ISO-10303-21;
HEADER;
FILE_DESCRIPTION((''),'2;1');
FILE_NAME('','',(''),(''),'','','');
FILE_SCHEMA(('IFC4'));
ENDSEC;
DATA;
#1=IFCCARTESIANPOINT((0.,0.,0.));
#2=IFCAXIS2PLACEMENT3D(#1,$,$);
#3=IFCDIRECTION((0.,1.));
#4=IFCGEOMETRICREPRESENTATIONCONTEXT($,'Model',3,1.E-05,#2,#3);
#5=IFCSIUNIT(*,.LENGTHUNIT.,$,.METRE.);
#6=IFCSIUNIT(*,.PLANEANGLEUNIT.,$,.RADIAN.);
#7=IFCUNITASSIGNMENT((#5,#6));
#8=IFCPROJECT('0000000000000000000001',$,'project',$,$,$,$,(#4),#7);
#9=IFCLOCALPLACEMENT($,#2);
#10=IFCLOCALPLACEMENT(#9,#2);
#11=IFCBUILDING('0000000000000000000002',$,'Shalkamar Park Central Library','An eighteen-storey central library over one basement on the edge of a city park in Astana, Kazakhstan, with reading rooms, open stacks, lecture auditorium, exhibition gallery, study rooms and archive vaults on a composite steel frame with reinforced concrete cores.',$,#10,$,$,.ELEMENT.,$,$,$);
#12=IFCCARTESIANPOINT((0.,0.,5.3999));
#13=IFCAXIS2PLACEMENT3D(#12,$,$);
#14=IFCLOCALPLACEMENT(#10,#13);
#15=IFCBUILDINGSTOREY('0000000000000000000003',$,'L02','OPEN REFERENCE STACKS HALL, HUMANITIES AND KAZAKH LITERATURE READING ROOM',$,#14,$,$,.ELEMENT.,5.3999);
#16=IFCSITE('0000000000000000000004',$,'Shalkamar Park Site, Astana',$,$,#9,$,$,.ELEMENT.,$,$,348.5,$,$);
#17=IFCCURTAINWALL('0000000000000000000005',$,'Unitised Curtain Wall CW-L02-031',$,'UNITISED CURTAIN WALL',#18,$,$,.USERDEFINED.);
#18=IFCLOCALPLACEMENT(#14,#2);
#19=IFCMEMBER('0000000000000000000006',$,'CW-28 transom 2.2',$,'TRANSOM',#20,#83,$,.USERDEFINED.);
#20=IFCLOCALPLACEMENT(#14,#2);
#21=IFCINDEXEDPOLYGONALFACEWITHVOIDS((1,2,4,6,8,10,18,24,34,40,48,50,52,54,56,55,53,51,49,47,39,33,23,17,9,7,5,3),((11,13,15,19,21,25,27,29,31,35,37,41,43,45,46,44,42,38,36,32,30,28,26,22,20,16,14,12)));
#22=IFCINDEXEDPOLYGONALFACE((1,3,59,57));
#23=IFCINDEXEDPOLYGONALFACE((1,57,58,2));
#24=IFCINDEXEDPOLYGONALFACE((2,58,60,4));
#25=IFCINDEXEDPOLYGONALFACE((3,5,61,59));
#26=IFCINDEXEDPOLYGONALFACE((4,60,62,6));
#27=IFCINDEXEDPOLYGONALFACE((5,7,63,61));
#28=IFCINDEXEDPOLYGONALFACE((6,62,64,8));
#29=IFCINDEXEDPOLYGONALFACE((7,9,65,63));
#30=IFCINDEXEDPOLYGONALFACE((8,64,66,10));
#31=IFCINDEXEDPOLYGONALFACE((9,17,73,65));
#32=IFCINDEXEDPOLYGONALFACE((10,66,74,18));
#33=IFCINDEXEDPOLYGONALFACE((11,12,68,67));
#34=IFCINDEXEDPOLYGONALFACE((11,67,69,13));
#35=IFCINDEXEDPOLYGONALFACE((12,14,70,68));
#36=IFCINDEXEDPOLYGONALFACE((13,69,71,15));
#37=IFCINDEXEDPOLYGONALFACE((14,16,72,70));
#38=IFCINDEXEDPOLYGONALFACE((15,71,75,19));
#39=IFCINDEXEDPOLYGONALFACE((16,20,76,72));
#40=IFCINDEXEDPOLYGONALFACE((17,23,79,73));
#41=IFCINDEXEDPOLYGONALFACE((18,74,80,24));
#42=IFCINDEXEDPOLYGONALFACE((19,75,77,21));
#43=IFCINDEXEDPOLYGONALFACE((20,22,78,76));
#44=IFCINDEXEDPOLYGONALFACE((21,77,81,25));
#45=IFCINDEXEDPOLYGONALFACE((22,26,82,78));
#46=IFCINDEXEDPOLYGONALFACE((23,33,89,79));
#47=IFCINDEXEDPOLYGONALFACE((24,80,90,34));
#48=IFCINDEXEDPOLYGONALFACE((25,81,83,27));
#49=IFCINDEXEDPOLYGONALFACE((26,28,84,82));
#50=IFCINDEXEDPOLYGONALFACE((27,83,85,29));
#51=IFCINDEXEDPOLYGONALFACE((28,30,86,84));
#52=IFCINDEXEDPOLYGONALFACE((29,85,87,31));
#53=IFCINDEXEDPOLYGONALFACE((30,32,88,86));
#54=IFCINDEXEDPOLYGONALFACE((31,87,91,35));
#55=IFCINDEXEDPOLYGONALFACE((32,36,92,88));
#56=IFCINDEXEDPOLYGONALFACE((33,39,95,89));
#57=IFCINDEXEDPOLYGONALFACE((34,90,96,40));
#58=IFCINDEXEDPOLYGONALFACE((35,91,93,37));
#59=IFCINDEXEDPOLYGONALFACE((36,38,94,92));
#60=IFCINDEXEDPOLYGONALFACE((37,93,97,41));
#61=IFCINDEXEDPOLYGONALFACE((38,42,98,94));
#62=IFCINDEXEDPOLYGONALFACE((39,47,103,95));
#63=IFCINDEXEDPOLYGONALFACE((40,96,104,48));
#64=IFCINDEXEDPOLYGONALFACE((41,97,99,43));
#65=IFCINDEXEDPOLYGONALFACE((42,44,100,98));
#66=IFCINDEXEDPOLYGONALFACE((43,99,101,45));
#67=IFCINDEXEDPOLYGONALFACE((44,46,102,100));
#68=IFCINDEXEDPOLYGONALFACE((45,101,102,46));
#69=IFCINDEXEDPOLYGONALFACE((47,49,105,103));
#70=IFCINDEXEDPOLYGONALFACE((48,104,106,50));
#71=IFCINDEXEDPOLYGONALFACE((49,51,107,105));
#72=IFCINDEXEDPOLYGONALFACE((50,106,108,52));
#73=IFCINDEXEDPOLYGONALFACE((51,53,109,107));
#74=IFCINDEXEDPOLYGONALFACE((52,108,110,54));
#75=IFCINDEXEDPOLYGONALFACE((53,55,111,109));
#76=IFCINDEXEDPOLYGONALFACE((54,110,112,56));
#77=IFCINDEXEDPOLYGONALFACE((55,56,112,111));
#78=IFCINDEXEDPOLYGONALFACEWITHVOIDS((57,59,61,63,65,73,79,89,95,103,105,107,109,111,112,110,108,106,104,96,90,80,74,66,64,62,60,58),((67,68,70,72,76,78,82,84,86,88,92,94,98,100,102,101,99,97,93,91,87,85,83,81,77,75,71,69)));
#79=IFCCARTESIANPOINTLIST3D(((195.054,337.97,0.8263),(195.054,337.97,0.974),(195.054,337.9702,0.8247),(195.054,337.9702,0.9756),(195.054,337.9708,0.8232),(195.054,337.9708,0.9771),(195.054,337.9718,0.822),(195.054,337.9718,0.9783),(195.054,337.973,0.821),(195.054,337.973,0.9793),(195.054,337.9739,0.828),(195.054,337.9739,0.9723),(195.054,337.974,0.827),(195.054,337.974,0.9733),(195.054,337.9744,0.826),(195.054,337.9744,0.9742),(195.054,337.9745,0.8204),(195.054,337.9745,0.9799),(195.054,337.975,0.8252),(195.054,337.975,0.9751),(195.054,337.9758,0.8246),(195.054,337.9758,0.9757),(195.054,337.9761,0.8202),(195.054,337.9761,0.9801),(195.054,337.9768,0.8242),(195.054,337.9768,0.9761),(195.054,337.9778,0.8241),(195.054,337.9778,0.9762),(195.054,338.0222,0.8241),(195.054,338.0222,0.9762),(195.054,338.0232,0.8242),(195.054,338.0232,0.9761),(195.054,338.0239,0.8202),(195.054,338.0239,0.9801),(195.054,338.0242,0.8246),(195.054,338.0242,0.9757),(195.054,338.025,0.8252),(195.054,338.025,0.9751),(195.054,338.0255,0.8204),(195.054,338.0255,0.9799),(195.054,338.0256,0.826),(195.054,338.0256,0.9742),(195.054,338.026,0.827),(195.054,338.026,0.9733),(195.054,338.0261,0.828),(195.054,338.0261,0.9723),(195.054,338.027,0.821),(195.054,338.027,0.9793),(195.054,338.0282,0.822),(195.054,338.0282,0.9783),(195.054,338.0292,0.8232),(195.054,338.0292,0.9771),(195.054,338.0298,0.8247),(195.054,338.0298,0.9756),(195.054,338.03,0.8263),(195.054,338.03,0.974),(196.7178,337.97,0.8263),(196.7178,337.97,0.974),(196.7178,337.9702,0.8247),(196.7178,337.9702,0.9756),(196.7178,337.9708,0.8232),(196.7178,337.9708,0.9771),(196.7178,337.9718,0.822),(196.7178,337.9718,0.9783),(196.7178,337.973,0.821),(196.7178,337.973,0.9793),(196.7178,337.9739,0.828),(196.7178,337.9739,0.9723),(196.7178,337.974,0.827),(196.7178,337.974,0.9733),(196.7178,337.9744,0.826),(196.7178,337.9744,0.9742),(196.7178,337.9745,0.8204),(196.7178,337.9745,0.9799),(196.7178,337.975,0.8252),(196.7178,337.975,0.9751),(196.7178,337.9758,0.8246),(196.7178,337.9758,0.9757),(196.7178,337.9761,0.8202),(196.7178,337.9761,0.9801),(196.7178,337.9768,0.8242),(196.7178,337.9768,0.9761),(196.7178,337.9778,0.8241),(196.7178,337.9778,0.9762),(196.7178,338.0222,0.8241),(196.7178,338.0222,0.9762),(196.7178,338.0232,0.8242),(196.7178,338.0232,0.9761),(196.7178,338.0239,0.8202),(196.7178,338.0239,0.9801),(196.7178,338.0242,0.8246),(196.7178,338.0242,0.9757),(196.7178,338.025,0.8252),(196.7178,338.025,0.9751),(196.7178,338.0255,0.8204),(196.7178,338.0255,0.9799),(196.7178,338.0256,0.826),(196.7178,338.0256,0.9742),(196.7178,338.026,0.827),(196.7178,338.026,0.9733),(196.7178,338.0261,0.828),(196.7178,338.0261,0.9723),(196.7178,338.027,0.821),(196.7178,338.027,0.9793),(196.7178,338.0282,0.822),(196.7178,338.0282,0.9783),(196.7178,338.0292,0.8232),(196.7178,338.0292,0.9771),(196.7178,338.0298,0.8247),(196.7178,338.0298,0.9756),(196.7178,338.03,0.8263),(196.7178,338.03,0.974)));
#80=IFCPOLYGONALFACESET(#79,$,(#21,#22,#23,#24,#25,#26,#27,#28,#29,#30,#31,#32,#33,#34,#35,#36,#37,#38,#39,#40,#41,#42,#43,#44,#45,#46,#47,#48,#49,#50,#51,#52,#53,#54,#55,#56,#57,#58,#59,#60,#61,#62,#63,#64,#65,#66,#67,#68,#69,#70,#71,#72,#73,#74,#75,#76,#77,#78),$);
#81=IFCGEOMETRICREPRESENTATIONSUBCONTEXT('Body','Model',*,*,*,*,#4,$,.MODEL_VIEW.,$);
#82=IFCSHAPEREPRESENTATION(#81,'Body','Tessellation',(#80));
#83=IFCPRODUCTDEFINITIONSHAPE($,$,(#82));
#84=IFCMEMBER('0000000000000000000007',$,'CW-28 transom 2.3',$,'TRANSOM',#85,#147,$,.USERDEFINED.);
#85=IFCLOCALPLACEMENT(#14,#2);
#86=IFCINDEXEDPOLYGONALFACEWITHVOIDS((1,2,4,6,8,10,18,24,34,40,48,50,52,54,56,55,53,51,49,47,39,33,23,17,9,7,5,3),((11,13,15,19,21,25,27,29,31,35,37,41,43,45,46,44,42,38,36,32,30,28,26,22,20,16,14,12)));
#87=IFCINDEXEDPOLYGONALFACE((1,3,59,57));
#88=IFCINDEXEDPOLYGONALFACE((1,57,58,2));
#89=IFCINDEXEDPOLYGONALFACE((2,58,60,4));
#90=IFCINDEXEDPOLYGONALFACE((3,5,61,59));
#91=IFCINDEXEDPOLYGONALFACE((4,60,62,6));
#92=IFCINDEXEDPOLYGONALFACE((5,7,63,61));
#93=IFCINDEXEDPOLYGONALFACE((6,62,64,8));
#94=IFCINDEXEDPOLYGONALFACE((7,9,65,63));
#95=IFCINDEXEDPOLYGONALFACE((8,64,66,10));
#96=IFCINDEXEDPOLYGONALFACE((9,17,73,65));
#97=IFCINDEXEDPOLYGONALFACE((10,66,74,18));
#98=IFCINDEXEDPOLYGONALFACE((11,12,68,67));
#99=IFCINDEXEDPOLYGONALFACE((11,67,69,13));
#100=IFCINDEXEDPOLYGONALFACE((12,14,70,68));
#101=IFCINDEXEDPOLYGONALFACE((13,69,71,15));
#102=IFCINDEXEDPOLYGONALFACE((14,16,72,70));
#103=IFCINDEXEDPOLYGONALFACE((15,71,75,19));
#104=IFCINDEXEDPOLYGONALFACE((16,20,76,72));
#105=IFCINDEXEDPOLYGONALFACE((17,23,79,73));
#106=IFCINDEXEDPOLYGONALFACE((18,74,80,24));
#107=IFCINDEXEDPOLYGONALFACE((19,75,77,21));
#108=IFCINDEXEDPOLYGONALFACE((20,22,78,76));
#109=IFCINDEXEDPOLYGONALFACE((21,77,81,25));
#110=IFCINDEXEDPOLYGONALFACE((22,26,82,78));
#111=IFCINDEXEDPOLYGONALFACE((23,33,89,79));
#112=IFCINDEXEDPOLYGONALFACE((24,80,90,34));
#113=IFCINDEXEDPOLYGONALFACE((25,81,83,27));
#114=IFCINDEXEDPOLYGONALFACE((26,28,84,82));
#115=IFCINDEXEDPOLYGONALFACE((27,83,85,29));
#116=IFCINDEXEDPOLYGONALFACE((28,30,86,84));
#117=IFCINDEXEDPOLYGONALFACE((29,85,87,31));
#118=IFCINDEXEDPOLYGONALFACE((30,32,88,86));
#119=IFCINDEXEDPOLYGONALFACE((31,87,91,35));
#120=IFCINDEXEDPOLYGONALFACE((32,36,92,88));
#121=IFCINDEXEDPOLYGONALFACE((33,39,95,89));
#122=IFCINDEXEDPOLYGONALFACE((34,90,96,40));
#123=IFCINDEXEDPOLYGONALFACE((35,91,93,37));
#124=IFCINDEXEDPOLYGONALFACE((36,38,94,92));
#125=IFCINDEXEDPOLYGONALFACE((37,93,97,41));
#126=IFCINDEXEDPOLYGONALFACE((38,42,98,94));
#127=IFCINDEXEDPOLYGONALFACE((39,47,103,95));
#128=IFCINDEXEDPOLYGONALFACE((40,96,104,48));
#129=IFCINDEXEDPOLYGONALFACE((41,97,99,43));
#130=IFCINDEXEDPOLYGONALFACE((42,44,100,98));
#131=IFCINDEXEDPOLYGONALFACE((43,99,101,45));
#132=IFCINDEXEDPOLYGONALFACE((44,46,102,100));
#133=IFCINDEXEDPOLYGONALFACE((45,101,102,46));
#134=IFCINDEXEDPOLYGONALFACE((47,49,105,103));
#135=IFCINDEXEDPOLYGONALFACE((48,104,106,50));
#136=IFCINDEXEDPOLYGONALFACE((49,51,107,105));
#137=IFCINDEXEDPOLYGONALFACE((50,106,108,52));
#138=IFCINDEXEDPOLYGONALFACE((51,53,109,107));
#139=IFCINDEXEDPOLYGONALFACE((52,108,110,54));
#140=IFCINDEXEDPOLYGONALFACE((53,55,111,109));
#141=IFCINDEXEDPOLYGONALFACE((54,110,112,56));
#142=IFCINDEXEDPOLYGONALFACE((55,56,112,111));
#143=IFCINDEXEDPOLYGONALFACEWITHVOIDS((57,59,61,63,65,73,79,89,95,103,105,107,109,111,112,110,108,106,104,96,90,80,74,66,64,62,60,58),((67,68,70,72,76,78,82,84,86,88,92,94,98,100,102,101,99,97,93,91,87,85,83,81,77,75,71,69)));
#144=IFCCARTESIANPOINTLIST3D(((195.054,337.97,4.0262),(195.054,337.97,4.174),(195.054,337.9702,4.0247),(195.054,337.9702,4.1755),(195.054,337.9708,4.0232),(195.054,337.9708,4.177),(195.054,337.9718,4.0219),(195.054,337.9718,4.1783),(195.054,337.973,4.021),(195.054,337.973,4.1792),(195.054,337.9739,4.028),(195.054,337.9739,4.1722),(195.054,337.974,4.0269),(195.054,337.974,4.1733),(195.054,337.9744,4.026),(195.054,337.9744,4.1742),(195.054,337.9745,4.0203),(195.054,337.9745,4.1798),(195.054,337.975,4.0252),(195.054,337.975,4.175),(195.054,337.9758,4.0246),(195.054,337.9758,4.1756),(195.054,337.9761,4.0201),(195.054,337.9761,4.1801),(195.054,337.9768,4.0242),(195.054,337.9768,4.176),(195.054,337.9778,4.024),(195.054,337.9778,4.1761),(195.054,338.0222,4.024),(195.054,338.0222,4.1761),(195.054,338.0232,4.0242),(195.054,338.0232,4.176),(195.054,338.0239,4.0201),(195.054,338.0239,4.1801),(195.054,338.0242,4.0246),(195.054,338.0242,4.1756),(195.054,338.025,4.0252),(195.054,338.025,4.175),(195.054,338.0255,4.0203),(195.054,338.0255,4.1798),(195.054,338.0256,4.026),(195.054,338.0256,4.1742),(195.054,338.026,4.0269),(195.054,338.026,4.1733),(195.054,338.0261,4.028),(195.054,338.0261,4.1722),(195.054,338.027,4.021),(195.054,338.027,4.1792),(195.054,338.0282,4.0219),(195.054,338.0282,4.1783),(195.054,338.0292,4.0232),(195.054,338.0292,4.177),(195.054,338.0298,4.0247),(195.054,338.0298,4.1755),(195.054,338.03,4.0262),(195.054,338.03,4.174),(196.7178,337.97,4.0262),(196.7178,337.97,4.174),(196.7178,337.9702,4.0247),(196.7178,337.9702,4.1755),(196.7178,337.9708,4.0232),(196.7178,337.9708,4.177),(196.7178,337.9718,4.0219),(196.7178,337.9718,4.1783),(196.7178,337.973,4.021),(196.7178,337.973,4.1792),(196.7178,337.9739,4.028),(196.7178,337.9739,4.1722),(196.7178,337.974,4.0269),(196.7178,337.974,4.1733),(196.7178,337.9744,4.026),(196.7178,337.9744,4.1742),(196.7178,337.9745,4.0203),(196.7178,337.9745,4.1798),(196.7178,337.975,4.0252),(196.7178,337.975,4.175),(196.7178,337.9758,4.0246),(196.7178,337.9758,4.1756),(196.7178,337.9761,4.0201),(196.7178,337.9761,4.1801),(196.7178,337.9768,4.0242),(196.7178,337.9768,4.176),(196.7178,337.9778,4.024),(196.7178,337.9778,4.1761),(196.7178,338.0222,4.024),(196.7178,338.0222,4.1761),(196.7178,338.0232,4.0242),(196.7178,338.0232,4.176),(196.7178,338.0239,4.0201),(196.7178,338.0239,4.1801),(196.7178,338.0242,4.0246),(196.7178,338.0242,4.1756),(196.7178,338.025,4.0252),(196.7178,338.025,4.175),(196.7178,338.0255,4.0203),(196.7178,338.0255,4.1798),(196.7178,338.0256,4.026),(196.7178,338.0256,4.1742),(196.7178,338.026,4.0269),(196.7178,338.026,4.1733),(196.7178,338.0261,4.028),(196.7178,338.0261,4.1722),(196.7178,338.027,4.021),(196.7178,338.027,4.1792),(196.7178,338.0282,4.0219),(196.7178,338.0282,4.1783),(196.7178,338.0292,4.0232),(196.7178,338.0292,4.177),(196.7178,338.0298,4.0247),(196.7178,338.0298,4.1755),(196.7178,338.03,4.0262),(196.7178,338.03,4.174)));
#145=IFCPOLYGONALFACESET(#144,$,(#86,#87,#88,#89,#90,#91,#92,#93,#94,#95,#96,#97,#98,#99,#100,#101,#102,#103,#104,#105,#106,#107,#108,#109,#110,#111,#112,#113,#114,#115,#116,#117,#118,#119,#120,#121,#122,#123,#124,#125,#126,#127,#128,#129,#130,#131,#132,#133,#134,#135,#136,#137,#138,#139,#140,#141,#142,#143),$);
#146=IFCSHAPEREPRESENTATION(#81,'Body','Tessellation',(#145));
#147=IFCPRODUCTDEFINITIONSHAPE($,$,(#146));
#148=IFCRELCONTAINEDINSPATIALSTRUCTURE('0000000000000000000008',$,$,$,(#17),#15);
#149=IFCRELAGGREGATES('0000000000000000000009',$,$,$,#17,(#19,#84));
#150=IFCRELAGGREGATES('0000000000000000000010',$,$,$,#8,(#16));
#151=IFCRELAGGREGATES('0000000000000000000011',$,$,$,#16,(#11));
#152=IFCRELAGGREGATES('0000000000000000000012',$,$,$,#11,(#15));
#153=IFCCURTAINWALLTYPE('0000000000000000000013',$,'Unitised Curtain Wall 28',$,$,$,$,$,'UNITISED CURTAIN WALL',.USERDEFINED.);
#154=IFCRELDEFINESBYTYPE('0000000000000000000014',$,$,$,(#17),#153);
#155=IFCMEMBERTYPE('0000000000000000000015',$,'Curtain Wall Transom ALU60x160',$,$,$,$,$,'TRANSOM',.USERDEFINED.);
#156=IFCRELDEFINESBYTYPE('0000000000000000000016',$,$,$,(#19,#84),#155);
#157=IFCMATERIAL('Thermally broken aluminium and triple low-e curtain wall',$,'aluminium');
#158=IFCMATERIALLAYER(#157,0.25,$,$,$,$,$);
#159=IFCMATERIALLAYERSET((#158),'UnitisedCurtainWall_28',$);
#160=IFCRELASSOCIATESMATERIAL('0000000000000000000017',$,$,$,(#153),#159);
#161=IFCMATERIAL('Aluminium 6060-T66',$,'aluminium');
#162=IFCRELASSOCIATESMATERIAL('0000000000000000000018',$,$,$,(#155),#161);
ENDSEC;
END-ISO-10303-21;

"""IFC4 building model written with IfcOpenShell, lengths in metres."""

from ifc_helpers import new_model, si_unit, direction, frame, origin, origin_2d, place, context, subcontext, project, spatial, hollow_rectangle, extrude, material, layer, layer_set, material_profile, profile_set, type_object, element, aggregate, save


model = new_model("IFC4")

# Units and contexts
model_context = context("Model", 3, precision=1e-05, world=origin(), true_north=direction((0.0, 1.0)))
body_context = subcontext(model_context, "Body", "Model", "MODEL_VIEW")
ifc_project = project(units=[si_unit("LENGTHUNIT", "METRE"), si_unit("PLANEANGLEUNIT", "RADIAN")], contexts=[model_context])

# Site, building, storey
site_placement = place(None, origin())
site = spatial("IfcSite", under=ifc_project, at=site_placement, Name="Shalkamar Park Site, Astana", CompositionType="ELEMENT", RefElevation=348.5)
building_placement = place(site_placement, origin())
building = spatial("IfcBuilding", under=site, at=building_placement, Name="Shalkamar Park Central Library", Description="An eighteen-storey central library over one basement on the edge of a city park in Astana, Kazakhstan, with reading rooms, open stacks, lecture auditorium, exhibition gallery, study rooms and archive vaults on a composite steel frame with reinforced concrete cores.", CompositionType="ELEMENT")
storey_placement = place(building_placement, frame((0.0, 0.0, 5.3999)))
storey = spatial("IfcBuildingStorey", under=building, at=storey_placement, Name="L02", Description="OPEN REFERENCE STACKS HALL, HUMANITIES AND KAZAKH LITERATURE READING ROOM", CompositionType="ELEMENT", Elevation=5.3999)

# Curtain wall
ifc_material_1 = material(Name="Thermally broken aluminium and triple low-e curtain wall", Category="aluminium")
ifc_layer_1 = layer(ifc_material_1, 0.25)
ifc_layer_set_1 = layer_set([ifc_layer_1], Name="UnitisedCurtainWall_28")
curtain_wall_type_1 = type_object("IfcCurtainWallType", Name="Unitised Curtain Wall 28", ElementType="UNITISED CURTAIN WALL", PredefinedType="USERDEFINED", material=ifc_layer_set_1)
curtain_wall_1_placement = place(storey_placement, origin())
curtain_wall_1 = element("IfcCurtainWall", 1, at=curtain_wall_1_placement, inside=storey, type_object=curtain_wall_type_1, Name="Unitised Curtain Wall CW-L02-031", ObjectType="UNITISED CURTAIN WALL", PredefinedType="USERDEFINED")
ifc_material_2 = material(Name="Aluminium 6060-T66", Category="aluminium")

# Members
ifc_material_profile_1 = material_profile(ifc_material_2, hollow_rectangle(XDim=0.0601, YDim=0.1599, WallThickness=0.0039, InnerFilletRadius=0.0039, OuterFilletRadius=0.0061, at=origin_2d()), Name="ALU 60x160x4")
ifc_profile_set_1 = profile_set([ifc_material_profile_1], Name="Aluminium 6060-T66")
member_type_1 = type_object("IfcMemberType", Name="Curtain Wall Transom ALU60x160", ElementType="TRANSOM", PredefinedType="USERDEFINED", material=ifc_profile_set_1)
member_1_placement = place(storey_placement, frame((195.054, 338.0, 0.9001), z_axis=(1.0, 0.0, 0.0), x_axis=(0.0, 1.0, 0.0)))
member_1 = element("IfcMember", 2, at=member_1_placement, type_object=member_type_1, Name="CW-28 transom 2.2", ObjectType="TRANSOM", PredefinedType="USERDEFINED", context=body_context, shape_type="SweptSolid", body=[
    extrude(hollow_rectangle(XDim=0.0601, YDim=0.1599, WallThickness=0.0039, InnerFilletRadius=0.0039, OuterFilletRadius=0.0061, at=origin_2d()), origin(), (0.0, 0.0, 1.0), 1.6638),
])
member_2_placement = place(storey_placement, frame((195.054, 338.0, 4.1001), z_axis=(1.0, 0.0, 0.0), x_axis=(0.0, 1.0, 0.0)))
member_2 = element("IfcMember", 3, at=member_2_placement, type_object=member_type_1, Name="CW-28 transom 2.3", ObjectType="TRANSOM", PredefinedType="USERDEFINED", context=body_context, shape_type="SweptSolid", body=[
    extrude(hollow_rectangle(XDim=0.0601, YDim=0.1599, WallThickness=0.0039, InnerFilletRadius=0.0039, OuterFilletRadius=0.0061, at=origin_2d()), origin(), (0.0, 0.0, 1.0), 1.6638),
])

aggregate(curtain_wall_1, [member_1, member_2])

save(model, "model.ifc")
